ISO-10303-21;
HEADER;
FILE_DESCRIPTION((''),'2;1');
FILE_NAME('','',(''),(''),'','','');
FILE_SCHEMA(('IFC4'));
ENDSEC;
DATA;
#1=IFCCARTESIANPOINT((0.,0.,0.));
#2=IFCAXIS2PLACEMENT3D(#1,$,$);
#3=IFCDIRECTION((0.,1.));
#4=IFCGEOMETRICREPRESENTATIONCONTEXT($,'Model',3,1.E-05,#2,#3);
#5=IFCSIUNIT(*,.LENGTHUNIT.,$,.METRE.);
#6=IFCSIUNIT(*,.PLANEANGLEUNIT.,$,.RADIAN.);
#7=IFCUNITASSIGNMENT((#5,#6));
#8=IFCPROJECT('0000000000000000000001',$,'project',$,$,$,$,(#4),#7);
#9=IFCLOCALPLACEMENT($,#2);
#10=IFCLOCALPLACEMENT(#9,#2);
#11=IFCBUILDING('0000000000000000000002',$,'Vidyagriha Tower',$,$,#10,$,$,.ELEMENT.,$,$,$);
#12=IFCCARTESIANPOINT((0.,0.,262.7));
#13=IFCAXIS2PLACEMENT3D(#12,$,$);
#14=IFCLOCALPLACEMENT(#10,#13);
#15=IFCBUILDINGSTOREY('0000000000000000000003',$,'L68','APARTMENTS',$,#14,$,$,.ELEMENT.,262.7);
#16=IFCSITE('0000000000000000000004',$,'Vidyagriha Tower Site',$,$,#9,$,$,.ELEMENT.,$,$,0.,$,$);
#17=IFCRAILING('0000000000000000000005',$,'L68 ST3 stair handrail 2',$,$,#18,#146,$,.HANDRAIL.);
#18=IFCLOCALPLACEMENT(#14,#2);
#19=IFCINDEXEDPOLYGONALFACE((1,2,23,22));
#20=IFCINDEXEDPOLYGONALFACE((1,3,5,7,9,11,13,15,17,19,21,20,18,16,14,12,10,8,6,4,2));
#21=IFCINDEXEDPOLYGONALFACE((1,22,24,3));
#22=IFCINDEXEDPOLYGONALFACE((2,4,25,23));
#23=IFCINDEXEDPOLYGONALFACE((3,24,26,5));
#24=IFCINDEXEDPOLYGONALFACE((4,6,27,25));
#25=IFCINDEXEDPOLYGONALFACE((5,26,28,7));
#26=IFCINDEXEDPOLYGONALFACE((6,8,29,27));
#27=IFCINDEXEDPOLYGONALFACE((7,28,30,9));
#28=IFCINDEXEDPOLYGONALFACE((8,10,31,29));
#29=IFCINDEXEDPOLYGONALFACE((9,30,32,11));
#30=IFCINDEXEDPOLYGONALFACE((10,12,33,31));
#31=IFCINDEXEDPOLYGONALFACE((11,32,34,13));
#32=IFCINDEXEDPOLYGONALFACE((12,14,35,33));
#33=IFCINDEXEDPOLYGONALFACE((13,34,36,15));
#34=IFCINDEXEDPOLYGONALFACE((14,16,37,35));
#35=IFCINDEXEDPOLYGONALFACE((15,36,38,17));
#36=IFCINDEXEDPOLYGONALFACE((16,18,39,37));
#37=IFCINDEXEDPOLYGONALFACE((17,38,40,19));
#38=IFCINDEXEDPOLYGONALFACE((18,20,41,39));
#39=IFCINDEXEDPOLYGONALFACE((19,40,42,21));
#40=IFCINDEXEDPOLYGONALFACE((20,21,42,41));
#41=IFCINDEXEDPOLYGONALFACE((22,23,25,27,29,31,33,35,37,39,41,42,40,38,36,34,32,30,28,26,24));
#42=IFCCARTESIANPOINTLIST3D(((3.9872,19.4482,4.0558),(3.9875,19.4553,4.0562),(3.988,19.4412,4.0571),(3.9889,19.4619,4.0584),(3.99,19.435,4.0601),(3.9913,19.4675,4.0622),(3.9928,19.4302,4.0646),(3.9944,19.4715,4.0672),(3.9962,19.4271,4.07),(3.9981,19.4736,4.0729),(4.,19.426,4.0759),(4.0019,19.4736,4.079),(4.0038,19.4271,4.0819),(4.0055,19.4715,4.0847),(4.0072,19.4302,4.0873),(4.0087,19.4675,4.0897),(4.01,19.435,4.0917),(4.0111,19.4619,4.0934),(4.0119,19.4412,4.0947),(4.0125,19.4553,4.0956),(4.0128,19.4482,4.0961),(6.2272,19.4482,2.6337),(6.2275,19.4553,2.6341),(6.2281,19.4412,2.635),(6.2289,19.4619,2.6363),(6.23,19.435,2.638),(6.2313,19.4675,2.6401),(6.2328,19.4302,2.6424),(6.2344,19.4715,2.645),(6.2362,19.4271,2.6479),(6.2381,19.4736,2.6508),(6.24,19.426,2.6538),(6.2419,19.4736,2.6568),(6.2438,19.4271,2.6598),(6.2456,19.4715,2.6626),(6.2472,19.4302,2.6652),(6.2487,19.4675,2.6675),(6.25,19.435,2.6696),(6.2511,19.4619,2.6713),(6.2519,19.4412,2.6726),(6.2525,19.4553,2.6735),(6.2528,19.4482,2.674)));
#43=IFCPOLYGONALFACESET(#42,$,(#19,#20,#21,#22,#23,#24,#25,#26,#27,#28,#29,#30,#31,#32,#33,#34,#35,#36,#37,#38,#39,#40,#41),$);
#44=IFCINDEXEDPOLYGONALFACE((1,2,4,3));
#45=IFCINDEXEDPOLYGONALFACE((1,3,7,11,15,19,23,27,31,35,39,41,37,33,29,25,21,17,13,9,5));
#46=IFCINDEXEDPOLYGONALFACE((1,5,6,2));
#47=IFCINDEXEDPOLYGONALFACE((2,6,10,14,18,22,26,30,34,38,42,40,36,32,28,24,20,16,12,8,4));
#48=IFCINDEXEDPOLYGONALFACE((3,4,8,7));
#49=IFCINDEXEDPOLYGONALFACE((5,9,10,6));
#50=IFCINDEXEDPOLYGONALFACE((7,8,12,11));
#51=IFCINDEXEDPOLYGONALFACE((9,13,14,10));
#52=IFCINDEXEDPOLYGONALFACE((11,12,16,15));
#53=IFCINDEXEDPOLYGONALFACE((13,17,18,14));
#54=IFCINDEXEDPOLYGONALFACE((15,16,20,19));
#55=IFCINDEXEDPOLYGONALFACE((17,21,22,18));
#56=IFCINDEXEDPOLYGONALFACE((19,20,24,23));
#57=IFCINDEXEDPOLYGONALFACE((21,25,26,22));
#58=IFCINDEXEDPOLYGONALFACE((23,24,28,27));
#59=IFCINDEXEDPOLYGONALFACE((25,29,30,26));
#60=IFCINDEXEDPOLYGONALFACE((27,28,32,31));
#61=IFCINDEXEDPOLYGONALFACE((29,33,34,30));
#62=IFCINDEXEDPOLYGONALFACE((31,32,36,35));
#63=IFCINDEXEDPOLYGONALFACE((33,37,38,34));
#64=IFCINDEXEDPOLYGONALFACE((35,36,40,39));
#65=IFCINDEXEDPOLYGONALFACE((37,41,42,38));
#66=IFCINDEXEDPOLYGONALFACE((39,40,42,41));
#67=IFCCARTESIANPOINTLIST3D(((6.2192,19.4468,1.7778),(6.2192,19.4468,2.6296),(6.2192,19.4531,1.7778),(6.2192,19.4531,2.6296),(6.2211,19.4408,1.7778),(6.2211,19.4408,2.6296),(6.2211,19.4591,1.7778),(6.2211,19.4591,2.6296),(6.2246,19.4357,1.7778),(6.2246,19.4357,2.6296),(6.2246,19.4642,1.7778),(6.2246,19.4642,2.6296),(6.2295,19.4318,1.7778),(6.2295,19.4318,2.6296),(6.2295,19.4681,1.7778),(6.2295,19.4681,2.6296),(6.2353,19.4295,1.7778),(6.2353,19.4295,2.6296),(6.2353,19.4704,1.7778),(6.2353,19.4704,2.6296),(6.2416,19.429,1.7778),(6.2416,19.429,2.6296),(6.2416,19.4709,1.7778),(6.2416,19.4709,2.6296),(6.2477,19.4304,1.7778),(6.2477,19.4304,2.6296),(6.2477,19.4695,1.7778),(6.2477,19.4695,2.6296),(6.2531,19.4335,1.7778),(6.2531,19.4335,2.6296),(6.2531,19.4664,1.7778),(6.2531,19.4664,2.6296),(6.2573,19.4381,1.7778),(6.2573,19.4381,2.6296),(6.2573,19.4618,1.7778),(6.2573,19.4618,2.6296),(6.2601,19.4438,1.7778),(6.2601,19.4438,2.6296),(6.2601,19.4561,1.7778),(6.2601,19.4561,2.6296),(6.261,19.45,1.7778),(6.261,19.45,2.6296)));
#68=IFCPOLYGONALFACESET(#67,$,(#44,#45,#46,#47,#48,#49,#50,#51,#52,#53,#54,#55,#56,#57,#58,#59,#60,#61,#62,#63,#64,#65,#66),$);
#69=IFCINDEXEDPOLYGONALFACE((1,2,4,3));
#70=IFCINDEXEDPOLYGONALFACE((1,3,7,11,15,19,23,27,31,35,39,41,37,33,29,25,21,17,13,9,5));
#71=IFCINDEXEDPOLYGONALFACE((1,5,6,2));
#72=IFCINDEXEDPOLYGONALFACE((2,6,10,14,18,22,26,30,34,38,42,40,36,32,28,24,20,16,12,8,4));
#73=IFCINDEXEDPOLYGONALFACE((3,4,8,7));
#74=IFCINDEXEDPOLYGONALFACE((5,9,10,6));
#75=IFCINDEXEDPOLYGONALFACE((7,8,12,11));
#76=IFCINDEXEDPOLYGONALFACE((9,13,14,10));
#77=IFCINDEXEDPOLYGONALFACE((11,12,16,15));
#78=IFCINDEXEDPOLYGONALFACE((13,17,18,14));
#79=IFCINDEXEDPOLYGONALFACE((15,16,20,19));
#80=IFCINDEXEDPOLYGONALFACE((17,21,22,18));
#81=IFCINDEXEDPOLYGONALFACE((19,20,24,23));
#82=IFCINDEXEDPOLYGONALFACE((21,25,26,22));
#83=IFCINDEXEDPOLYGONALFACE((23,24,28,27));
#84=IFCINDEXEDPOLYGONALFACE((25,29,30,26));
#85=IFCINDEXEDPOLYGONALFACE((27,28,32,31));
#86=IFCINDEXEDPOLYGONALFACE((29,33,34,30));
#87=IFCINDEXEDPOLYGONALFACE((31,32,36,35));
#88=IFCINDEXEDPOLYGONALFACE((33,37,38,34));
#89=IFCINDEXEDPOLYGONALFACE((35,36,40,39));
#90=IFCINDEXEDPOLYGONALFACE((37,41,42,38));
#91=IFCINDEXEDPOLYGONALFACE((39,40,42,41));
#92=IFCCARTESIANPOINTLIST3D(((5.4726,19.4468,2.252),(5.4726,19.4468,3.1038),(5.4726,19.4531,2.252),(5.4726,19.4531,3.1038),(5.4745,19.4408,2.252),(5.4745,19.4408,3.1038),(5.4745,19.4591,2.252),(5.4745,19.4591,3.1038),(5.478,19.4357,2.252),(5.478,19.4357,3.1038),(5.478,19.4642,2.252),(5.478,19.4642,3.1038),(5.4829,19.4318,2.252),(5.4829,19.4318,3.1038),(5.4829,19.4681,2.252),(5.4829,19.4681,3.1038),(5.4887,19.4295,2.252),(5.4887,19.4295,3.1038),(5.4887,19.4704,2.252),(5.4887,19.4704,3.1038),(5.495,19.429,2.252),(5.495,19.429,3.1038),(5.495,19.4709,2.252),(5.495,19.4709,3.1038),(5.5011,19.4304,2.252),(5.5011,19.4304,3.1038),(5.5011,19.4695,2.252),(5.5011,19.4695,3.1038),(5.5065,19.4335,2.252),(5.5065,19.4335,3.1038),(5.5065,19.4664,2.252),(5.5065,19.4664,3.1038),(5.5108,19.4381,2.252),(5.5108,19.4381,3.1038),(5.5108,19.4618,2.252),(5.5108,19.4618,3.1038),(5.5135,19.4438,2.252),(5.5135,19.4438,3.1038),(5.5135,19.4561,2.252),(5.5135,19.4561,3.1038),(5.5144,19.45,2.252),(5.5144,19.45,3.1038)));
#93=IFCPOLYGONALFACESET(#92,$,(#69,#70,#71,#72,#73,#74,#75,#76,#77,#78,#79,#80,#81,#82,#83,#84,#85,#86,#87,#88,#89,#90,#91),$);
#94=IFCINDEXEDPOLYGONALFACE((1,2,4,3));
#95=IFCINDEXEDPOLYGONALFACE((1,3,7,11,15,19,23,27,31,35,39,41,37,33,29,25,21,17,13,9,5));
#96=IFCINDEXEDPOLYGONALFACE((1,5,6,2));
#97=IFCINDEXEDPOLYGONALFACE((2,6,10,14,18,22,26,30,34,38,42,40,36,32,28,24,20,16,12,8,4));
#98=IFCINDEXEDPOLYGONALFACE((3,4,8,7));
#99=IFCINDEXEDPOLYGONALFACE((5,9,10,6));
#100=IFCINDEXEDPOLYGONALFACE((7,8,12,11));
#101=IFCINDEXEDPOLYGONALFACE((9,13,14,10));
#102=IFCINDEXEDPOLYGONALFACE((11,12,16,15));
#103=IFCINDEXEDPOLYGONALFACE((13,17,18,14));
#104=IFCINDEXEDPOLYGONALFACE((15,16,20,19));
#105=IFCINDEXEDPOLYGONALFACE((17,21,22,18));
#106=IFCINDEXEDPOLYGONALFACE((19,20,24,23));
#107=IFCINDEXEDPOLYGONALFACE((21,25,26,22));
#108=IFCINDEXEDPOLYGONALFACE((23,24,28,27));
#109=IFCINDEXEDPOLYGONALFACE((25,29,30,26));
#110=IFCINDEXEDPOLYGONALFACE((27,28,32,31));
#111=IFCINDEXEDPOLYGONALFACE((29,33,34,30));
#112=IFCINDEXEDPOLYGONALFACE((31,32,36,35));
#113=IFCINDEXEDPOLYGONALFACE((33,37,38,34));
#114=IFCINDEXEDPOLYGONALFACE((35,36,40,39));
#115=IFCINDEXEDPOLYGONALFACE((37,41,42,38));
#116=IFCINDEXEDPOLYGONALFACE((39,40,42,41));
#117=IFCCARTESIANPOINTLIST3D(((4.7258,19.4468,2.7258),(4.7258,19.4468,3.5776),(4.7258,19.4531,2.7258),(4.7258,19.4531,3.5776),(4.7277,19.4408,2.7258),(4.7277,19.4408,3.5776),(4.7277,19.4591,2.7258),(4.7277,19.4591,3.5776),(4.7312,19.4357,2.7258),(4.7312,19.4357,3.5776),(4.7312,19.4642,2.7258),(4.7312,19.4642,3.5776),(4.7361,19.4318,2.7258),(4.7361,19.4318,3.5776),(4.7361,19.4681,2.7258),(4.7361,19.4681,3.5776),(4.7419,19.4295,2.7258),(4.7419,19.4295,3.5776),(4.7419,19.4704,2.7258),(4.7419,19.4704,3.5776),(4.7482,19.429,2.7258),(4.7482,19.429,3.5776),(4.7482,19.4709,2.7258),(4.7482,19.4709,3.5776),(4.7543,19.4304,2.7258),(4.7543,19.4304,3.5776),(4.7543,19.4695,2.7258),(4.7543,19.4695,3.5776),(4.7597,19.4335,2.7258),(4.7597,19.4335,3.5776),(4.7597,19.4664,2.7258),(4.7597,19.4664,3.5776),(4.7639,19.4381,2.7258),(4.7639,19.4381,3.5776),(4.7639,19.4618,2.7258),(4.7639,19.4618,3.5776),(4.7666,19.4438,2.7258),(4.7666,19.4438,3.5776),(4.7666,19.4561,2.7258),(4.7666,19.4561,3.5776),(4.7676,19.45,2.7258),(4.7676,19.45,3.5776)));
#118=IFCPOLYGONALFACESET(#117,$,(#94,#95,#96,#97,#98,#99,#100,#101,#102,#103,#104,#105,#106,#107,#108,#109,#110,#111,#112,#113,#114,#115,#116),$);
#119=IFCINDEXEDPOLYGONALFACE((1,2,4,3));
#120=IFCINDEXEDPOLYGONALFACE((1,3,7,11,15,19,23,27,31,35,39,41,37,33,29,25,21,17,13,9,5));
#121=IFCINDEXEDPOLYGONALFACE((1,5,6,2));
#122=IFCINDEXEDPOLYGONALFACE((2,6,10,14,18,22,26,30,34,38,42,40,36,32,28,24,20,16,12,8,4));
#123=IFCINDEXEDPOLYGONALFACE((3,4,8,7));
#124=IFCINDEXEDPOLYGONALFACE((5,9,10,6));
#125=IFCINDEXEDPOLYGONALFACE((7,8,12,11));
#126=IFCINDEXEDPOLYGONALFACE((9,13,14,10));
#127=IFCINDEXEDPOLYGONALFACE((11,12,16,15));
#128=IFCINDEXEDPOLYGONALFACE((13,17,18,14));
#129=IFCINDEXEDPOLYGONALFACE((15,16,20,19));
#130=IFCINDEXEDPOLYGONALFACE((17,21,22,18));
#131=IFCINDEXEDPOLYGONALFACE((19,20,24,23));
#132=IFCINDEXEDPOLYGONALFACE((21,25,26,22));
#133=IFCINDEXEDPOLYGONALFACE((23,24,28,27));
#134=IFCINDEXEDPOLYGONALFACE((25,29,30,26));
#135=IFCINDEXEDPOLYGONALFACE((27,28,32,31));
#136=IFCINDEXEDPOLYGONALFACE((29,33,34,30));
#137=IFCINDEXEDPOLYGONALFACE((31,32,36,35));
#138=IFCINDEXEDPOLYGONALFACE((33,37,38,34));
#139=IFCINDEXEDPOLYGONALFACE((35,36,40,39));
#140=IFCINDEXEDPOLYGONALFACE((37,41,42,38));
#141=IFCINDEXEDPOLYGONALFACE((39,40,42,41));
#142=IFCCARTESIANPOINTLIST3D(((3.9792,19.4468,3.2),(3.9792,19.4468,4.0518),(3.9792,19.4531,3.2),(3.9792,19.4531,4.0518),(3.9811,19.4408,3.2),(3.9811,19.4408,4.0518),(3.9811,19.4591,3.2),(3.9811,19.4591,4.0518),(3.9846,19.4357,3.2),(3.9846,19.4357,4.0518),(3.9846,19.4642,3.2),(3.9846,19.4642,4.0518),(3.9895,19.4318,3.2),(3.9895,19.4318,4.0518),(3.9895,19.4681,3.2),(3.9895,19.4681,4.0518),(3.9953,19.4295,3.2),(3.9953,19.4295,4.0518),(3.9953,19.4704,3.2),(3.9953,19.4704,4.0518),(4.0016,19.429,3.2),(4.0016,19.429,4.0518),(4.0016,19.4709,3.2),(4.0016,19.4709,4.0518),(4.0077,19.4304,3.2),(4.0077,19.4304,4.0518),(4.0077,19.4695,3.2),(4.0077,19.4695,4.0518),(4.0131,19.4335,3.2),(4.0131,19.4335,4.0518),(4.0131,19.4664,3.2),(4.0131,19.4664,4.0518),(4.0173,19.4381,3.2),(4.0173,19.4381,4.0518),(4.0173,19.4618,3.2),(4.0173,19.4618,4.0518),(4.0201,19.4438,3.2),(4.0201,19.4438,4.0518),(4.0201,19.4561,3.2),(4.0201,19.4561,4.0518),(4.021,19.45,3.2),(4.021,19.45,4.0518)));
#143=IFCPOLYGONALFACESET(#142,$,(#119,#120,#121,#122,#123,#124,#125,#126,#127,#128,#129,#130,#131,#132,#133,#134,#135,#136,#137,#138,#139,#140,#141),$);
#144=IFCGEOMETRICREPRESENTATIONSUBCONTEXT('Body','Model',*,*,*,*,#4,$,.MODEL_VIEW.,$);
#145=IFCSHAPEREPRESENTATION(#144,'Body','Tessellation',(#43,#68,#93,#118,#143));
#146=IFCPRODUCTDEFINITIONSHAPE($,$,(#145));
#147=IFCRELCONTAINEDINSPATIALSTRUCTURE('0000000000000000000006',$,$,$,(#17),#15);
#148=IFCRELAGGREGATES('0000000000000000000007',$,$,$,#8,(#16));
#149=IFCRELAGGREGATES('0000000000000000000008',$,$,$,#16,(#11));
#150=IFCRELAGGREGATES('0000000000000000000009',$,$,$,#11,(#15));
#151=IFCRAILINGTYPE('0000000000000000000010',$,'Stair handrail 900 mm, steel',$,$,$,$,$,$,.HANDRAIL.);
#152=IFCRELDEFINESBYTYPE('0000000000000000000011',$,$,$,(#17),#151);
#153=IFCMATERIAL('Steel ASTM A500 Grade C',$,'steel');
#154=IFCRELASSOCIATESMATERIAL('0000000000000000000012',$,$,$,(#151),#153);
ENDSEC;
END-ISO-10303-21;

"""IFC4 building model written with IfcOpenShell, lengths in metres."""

from ifc_helpers import new_model, si_unit, direction, frame, origin, origin_2d, place, context, subcontext, project, spatial, circle, extrude, material, type_object, element, save


model = new_model("IFC4")

# Units and contexts
model_context = context("Model", 3, precision=1e-05, world=origin(), true_north=direction((0.0, 1.0)))
body_context = subcontext(model_context, "Body", "Model", "MODEL_VIEW")
ifc_project = project(units=[si_unit("LENGTHUNIT", "METRE"), si_unit("PLANEANGLEUNIT", "RADIAN")], contexts=[model_context])

# Site, building, storey
site_placement = place(None, origin())
site = spatial("IfcSite", under=ifc_project, at=site_placement, Name="Vidyagriha Tower Site", CompositionType="ELEMENT", RefElevation=0.0)
building_placement = place(site_placement, origin())
building = spatial("IfcBuilding", under=site, at=building_placement, Name="Vidyagriha Tower", CompositionType="ELEMENT")
storey_placement = place(building_placement, frame((0.0, 0.0, 262.7)))
storey = spatial("IfcBuildingStorey", under=building, at=storey_placement, Name="L68", Description="APARTMENTS", CompositionType="ELEMENT", Elevation=262.7)

# Railing
ifc_material_1 = material(Name="Steel ASTM A500 Grade C", Category="steel")
railing_type_1 = type_object("IfcRailingType", Name="Stair handrail 900 mm, steel", PredefinedType="HANDRAIL", material=ifc_material_1)
railing_1_placement = place(storey_placement, frame((6.24, 19.45, 1.7778)))
element("IfcRailing", 1, at=railing_1_placement, inside=storey, type_object=railing_type_1, Name="L68 ST3 stair handrail 2", PredefinedType="HANDRAIL", context=body_context, shape_type="SweptSolid", body=[
    extrude(circle(Radius=0.0239, at=origin_2d()), frame((0.0, 0.0, 0.876), z_axis=(-0.844229, 0.0, 0.535982), x_axis=(0.0, -1.0, 0.0)), (0.0, 0.0, 1.0), 2.6533),
    extrude(circle(Radius=0.021, at=origin_2d()), origin(), (0.0, 0.0, 1.0), 0.8518),
    extrude(circle(Radius=0.021, at=origin_2d()), frame((-0.7466, 0.0, 0.4741)), (0.0, 0.0, 1.0), 0.8518),
    extrude(circle(Radius=0.021, at=origin_2d()), frame((-1.4934, 0.0, 0.948)), (0.0, 0.0, 1.0), 0.8518),
    extrude(circle(Radius=0.021, at=origin_2d()), frame((-2.24, 0.0, 1.4221)), (0.0, 0.0, 1.0), 0.8518),
])

save(model, "model.ifc")
